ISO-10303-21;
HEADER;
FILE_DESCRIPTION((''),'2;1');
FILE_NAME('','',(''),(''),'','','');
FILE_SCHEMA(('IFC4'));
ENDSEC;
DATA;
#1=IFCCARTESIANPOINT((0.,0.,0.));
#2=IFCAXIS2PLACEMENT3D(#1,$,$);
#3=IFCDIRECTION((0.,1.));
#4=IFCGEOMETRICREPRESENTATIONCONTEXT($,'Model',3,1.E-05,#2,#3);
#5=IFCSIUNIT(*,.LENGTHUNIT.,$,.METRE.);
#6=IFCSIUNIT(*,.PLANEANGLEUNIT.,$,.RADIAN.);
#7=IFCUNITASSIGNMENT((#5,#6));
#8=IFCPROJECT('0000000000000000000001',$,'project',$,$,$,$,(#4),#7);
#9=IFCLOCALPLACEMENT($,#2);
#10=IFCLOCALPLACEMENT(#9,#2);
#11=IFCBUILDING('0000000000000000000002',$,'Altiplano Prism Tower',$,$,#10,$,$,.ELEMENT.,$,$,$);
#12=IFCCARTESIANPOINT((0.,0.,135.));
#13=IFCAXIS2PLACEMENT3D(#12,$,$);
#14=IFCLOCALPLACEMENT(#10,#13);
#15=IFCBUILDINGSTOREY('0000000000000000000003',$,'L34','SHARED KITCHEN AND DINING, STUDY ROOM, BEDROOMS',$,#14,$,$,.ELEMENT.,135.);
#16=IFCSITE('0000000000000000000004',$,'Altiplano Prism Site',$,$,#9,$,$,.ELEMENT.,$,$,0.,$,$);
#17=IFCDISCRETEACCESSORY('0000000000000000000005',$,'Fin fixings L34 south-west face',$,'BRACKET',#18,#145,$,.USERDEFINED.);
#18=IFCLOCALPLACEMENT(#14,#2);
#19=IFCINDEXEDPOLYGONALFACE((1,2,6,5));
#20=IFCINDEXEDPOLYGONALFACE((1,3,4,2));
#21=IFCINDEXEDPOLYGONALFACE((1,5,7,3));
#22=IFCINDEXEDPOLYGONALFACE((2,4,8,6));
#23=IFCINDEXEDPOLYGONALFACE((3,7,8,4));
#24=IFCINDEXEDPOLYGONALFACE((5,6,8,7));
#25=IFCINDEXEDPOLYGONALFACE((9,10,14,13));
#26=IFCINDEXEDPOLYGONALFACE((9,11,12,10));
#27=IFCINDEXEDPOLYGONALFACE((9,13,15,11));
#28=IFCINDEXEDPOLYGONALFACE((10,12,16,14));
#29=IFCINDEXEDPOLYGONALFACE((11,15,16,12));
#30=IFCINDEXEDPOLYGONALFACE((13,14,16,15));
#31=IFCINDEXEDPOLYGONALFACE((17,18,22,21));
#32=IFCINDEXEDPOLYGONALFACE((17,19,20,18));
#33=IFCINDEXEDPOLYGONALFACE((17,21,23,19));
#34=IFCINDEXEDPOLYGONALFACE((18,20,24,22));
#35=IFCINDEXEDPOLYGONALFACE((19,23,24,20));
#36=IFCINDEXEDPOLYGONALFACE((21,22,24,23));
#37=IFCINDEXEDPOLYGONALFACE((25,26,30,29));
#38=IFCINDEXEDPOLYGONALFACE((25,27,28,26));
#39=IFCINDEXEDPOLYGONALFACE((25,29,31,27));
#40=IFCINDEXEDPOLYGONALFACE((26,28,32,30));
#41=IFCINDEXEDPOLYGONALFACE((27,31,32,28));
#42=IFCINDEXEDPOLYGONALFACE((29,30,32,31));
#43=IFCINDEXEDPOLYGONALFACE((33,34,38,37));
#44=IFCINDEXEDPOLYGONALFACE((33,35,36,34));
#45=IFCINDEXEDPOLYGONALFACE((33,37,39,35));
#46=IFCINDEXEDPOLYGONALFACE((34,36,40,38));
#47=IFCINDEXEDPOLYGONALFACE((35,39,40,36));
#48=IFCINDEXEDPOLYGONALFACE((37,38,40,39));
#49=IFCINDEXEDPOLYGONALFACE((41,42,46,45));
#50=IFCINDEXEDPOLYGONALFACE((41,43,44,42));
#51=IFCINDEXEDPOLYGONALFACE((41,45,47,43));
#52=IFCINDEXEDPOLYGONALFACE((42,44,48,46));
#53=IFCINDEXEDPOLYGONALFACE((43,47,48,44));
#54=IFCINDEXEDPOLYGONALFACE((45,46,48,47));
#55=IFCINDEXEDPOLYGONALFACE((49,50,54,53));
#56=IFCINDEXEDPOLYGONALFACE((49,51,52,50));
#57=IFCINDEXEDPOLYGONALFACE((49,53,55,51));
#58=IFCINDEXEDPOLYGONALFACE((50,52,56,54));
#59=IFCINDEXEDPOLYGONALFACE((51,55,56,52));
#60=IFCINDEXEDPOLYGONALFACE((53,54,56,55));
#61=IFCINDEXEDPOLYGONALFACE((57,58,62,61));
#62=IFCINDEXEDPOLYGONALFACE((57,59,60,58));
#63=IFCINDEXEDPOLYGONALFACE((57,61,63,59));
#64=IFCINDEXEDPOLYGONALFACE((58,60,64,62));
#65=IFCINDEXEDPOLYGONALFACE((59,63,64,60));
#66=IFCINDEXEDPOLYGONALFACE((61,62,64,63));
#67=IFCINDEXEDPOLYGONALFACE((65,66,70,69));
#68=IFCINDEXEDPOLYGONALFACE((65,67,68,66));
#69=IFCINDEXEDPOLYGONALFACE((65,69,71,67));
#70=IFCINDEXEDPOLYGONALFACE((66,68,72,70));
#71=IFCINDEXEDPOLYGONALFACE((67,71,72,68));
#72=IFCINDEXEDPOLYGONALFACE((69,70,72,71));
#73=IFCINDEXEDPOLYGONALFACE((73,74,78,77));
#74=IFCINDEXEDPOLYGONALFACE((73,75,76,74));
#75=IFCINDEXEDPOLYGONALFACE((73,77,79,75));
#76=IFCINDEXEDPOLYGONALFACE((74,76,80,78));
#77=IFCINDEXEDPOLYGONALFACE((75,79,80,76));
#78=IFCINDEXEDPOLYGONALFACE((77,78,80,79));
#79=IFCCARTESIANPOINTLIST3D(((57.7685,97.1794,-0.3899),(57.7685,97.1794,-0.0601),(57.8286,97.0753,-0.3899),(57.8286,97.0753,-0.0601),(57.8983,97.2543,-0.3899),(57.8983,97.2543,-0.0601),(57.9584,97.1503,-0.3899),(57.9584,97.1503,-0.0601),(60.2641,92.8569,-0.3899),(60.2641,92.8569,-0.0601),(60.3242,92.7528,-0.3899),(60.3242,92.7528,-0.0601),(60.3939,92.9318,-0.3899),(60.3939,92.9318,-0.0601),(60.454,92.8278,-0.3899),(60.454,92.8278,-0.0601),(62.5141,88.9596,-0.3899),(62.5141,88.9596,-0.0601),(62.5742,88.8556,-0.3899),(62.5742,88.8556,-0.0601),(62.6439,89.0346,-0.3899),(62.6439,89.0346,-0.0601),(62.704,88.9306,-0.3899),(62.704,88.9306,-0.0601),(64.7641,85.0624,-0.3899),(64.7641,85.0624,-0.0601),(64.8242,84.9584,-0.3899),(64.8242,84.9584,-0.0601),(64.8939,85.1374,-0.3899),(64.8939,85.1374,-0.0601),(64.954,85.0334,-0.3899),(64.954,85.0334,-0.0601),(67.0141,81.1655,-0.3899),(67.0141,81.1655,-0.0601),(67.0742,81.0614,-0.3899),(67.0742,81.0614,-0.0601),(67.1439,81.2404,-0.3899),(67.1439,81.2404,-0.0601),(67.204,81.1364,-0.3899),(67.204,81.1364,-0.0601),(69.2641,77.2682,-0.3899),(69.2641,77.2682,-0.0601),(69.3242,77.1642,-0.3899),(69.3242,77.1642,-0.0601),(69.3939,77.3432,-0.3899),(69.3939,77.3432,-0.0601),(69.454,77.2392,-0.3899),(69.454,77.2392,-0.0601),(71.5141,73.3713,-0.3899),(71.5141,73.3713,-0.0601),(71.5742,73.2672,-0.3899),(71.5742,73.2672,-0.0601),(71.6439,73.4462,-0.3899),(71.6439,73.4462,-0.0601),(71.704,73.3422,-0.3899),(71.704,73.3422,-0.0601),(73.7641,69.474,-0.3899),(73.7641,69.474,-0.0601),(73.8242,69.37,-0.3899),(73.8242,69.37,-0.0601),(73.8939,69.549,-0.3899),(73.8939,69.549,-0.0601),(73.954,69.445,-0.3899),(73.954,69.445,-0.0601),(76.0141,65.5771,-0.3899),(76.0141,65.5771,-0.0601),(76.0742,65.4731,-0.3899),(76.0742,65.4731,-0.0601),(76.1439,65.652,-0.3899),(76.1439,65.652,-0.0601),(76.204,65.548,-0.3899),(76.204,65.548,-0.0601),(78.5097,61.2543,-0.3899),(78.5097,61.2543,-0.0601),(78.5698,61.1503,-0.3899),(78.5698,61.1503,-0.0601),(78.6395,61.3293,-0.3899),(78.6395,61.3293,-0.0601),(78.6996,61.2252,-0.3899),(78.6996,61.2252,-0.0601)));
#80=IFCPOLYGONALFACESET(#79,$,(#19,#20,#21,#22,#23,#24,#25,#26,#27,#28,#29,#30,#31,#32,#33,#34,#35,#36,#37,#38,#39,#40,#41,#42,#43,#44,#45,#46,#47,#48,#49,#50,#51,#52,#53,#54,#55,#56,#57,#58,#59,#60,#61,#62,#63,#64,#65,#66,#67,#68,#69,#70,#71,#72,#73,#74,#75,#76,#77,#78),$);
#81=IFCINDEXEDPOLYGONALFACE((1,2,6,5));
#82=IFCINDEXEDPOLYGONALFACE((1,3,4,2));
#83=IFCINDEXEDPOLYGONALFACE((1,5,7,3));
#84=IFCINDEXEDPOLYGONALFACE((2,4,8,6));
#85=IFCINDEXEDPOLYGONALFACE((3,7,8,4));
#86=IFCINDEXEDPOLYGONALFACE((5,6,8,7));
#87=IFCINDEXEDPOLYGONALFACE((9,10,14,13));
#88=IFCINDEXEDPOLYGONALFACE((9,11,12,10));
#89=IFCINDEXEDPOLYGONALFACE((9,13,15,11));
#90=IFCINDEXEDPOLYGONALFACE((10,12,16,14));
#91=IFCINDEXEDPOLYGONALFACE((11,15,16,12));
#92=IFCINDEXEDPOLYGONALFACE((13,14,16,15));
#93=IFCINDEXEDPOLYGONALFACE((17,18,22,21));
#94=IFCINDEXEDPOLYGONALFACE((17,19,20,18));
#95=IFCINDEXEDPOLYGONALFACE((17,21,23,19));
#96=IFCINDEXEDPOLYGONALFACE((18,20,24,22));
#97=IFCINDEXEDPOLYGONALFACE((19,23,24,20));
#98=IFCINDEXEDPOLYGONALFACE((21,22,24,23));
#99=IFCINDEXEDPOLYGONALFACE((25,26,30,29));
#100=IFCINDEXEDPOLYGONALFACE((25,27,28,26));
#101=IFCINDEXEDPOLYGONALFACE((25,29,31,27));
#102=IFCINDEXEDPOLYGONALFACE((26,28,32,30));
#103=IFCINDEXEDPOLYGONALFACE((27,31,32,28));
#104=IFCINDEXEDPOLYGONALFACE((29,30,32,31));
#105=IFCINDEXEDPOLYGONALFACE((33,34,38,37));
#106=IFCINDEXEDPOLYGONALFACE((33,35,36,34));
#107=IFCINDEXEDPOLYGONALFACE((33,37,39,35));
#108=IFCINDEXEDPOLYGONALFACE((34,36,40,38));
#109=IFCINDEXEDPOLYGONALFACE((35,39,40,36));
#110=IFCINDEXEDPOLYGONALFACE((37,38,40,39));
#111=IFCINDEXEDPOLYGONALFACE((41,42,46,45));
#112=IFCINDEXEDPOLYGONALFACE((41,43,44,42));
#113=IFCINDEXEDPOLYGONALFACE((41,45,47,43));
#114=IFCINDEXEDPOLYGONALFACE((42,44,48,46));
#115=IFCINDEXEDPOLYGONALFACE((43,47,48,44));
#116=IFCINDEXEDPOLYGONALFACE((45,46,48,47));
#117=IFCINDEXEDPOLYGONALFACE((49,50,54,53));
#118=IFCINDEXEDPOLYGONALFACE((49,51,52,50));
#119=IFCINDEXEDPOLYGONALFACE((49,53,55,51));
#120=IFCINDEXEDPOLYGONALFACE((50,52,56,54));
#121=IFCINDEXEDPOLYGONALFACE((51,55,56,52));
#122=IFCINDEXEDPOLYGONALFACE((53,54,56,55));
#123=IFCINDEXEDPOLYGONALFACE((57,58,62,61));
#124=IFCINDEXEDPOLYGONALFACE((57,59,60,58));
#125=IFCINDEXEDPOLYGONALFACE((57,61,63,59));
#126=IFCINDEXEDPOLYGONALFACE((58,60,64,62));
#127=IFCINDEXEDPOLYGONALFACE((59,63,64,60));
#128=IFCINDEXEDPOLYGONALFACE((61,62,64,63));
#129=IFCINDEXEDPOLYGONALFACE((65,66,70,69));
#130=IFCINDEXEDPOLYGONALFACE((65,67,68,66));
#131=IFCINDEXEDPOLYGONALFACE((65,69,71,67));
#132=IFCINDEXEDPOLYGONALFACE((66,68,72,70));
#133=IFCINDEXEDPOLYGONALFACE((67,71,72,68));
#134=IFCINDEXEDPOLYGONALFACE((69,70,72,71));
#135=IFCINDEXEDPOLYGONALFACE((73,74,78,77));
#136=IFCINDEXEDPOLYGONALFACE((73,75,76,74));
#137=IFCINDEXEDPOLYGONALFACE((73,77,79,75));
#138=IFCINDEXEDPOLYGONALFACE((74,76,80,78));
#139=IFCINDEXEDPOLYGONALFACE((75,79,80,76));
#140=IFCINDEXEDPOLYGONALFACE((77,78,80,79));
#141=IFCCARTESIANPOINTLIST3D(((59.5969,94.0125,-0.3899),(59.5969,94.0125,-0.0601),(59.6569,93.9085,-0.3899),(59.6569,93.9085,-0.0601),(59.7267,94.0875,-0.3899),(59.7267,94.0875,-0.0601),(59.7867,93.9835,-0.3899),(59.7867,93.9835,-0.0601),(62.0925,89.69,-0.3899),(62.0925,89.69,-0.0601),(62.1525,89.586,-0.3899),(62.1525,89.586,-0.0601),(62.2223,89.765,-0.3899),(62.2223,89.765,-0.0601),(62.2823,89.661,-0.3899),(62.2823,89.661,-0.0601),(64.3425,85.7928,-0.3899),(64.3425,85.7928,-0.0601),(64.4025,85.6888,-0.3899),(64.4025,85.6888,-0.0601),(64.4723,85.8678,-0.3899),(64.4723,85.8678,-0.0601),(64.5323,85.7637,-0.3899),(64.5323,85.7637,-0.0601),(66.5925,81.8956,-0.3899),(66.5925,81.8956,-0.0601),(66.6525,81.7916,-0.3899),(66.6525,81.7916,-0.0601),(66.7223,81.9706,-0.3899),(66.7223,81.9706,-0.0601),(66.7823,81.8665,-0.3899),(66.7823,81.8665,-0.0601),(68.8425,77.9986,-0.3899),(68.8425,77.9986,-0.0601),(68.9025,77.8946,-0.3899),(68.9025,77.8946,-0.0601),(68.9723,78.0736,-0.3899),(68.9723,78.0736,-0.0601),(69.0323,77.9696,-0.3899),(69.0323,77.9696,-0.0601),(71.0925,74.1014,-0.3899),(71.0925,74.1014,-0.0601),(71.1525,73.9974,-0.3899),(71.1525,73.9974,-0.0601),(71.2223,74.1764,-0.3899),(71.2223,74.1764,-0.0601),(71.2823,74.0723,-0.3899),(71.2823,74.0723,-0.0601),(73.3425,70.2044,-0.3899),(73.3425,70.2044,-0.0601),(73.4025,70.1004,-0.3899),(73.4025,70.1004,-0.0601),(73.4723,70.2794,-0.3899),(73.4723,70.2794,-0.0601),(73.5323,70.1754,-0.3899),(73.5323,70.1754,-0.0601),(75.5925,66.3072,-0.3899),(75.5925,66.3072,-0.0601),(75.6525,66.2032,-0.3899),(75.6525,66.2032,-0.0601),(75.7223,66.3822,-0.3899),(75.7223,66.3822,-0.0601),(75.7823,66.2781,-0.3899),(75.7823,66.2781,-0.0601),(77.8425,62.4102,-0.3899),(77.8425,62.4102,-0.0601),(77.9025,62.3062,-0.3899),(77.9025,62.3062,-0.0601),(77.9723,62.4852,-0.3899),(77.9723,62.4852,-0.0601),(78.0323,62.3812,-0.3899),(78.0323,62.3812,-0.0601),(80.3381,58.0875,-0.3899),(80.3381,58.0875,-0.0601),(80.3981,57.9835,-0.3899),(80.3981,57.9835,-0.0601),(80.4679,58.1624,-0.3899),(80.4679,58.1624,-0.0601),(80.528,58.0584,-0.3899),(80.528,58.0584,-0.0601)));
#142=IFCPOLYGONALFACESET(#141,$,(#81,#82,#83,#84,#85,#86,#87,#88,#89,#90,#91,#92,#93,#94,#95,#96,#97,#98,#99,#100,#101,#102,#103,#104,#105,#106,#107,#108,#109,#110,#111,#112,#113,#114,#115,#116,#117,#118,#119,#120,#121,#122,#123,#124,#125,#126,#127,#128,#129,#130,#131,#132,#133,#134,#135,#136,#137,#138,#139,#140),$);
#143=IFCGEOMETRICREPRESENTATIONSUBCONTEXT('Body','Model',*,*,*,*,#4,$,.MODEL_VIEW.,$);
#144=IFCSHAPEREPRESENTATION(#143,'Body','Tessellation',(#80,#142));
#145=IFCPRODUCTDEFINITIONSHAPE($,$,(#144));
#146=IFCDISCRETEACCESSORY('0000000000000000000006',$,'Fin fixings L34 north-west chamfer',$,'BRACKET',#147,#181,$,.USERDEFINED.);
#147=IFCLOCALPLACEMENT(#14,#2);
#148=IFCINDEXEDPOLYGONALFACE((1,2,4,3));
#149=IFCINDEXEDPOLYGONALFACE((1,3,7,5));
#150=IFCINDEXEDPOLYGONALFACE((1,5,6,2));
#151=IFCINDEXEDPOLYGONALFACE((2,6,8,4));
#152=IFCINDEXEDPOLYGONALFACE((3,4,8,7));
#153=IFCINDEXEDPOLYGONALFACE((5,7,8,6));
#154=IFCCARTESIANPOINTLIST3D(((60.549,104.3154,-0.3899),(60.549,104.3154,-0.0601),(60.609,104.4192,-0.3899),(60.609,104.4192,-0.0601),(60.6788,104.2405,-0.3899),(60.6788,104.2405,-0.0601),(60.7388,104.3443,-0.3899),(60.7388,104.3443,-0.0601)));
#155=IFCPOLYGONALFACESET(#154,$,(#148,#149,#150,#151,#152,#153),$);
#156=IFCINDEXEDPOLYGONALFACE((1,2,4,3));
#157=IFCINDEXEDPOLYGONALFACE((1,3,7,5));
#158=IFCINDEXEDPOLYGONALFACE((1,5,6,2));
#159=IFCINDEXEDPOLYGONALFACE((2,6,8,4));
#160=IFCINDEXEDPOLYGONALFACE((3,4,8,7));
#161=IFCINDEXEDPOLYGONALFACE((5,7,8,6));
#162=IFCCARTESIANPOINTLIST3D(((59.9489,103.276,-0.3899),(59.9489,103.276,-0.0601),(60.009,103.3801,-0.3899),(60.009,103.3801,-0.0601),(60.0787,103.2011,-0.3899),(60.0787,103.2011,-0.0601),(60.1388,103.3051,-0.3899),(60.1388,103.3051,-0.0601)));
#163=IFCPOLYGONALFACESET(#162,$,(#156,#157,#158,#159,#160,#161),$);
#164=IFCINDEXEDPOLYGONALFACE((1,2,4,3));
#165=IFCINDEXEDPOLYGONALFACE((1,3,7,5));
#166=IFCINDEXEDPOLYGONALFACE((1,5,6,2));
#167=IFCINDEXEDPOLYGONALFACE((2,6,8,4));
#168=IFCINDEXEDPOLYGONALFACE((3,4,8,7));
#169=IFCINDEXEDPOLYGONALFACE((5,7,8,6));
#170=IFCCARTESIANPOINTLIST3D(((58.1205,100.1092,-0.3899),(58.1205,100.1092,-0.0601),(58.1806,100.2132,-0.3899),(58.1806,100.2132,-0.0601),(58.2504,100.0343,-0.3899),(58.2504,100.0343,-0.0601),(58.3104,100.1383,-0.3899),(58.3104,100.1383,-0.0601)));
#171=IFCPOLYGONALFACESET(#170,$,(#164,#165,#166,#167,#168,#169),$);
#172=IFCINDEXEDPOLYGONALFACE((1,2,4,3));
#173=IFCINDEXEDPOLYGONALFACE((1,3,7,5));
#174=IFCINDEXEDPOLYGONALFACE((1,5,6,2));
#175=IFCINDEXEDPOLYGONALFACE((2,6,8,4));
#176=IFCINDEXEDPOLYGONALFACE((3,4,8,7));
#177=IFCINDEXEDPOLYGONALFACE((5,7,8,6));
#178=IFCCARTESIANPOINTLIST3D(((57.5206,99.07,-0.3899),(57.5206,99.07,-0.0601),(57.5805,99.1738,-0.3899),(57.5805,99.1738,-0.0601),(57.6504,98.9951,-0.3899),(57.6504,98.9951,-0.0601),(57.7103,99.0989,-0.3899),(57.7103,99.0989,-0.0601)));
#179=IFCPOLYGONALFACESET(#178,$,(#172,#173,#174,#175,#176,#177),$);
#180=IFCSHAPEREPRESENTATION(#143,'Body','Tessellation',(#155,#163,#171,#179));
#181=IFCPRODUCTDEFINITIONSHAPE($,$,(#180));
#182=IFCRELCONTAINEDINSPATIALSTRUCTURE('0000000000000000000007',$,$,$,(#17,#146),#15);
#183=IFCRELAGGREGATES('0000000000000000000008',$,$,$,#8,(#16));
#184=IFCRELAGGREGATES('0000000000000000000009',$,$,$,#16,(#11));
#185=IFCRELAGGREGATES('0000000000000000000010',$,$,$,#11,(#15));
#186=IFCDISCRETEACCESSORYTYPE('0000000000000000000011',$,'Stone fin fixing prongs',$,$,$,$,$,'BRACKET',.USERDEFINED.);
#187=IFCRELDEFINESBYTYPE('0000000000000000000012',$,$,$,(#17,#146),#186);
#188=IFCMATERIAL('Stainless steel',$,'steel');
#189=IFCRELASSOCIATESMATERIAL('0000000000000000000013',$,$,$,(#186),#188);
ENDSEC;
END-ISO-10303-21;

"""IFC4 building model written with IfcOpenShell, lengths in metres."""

from ifc_helpers import new_model, si_unit, direction, frame, origin, place, context, subcontext, project, spatial, polyline, outline, extrude, source, transform, mapped, material, type_object, element, save


model = new_model("IFC4")

# Units and contexts
model_context = context("Model", 3, precision=1e-05, world=origin(), true_north=direction((0.0, 1.0)))
body_context = subcontext(model_context, "Body", "Model", "MODEL_VIEW")
ifc_project = project(units=[si_unit("LENGTHUNIT", "METRE"), si_unit("PLANEANGLEUNIT", "RADIAN")], contexts=[model_context])

# Site, building, storey
site_placement = place(None, origin())
site = spatial("IfcSite", under=ifc_project, at=site_placement, Name="Altiplano Prism Site", CompositionType="ELEMENT", RefElevation=0.0)
building_placement = place(site_placement, origin())
building = spatial("IfcBuilding", under=site, at=building_placement, Name="Altiplano Prism Tower", CompositionType="ELEMENT")
storey_placement = place(building_placement, frame((0.0, 0.0, 135.0)))
storey = spatial("IfcBuildingStorey", under=building, at=storey_placement, Name="L34", Description="SHARED KITCHEN AND DINING, STUDY ROOM, BEDROOMS", CompositionType="ELEMENT", Elevation=135.0)

# Discrete accessories
ifc_material_1 = material(Name="Stainless steel", Category="steel")
discrete_accessory_type = type_object("IfcDiscreteAccessoryType", Name="Stone fin fixing prongs", ElementType="BRACKET", PredefinedType="USERDEFINED", material=ifc_material_1)
shared_shape_1 = source(origin(), body_context, "Body", "SweptSolid", [
    extrude(outline(polyline([(-1.8884, 0.0601), (-1.7683, 0.0601), (-1.7683, 0.3899), (-1.8884, 0.3899), (-1.8884, 0.0601)])), frame((0.0, 0.0, 0.0), z_axis=(0.0, -1.0, 0.0), x_axis=(1.0, 0.0, 0.0)), (0.0, 0.0, 1.0), 0.1499),
    extrude(outline(polyline([(1.7683, 0.0601), (1.8884, 0.0601), (1.8884, 0.3899), (1.7683, 0.3899), (1.7683, 0.0601)])), frame((0.0, 0.0, 0.0), z_axis=(0.0, -1.0, 0.0), x_axis=(1.0, 0.0, 0.0)), (0.0, 0.0, 1.0), 0.1499),
])
shared_shape_2 = source(origin(), body_context, "Body", "SweptSolid", [
    extrude(outline(polyline([(-1.8884, 0.0601), (-1.7683, 0.0601), (-1.7683, 0.3899), (-1.8884, 0.3899), (-1.8884, 0.0601)])), frame((0.0, 0.0, 0.0), z_axis=(0.0, -1.0, 0.0), x_axis=(1.0, 0.0, 0.0)), (0.0, 0.0, 1.0), 0.1499),
    extrude(outline(polyline([(1.7683, 0.0601), (1.8884, 0.0601), (1.8884, 0.3899), (1.7683, 0.3899), (1.7683, 0.0601)])), frame((0.0, 0.0, 0.0), z_axis=(0.0, -1.0, 0.0), x_axis=(1.0, 0.0, 0.0)), (0.0, 0.0, 1.0), 0.1499),
])
discrete_accessory_1_placement = place(storey_placement, origin())
element("IfcDiscreteAccessory", 1, at=discrete_accessory_1_placement, inside=storey, type_object=discrete_accessory_type, Name="Fin fixings L34 south-west face", ObjectType="BRACKET", PredefinedType="USERDEFINED", context=body_context, shape_type="MappedRepresentation", body=[
    mapped(shared_shape_1, transform((58.8425, 95.6189, -0.45), x_axis=(0.5, -0.866025, 0.0), y_axis=(0.866025, 0.5, 0.0), z_axis=(0.0, 0.0, 1.0))),
    mapped(shared_shape_2, transform((61.3381, 91.2964, -0.45), x_axis=(0.5, -0.866025, 0.0), y_axis=(0.866025, 0.5, 0.0), z_axis=(0.0, 0.0, 1.0))),
    mapped(shared_shape_2, transform((63.5881, 87.3992, -0.45), x_axis=(0.5, -0.866025, 0.0), y_axis=(0.866025, 0.5, 0.0), z_axis=(0.0, 0.0, 1.0))),
    mapped(shared_shape_2, transform((65.8381, 83.502, -0.45), x_axis=(0.5, -0.866025, 0.0), y_axis=(0.866025, 0.5, 0.0), z_axis=(0.0, 0.0, 1.0))),
    mapped(shared_shape_2, transform((68.0881, 79.605, -0.45), x_axis=(0.5, -0.866025, 0.0), y_axis=(0.866025, 0.5, 0.0), z_axis=(0.0, 0.0, 1.0))),
    mapped(shared_shape_2, transform((70.3381, 75.7078, -0.45), x_axis=(0.5, -0.866025, 0.0), y_axis=(0.866025, 0.5, 0.0), z_axis=(0.0, 0.0, 1.0))),
    mapped(shared_shape_2, transform((72.5881, 71.8108, -0.45), x_axis=(0.5, -0.866025, 0.0), y_axis=(0.866025, 0.5, 0.0), z_axis=(0.0, 0.0, 1.0))),
    mapped(shared_shape_2, transform((74.8381, 67.9136, -0.45), x_axis=(0.5, -0.866025, 0.0), y_axis=(0.866025, 0.5, 0.0), z_axis=(0.0, 0.0, 1.0))),
    mapped(shared_shape_2, transform((77.0881, 64.0166, -0.45), x_axis=(0.5, -0.866025, 0.0), y_axis=(0.866025, 0.5, 0.0), z_axis=(0.0, 0.0, 1.0))),
    mapped(shared_shape_1, transform((79.5837, 59.6938, -0.45), x_axis=(0.5, -0.866025, 0.0), y_axis=(0.866025, 0.5, 0.0), z_axis=(0.0, 0.0, 1.0))),
])
shared_shape_3 = source(origin(), body_context, "Body", "SweptSolid", [
    extrude(outline(polyline([(-3.0884, 0.0601), (-2.9685, 0.0601), (-2.9685, 0.3899), (-3.0884, 0.3899), (-3.0884, 0.0601)])), frame((0.0, 0.0, 0.0), z_axis=(0.0, -1.0, 0.0), x_axis=(1.0, 0.0, 0.0)), (0.0, 0.0, 1.0), 0.1499),
    extrude(outline(polyline([(-1.8884, 0.0601), (-1.7683, 0.0601), (-1.7683, 0.3899), (-1.8884, 0.3899), (-1.8884, 0.0601)])), frame((0.0, 0.0, 0.0), z_axis=(0.0, -1.0, 0.0), x_axis=(1.0, 0.0, 0.0)), (0.0, 0.0, 1.0), 0.1499),
    extrude(outline(polyline([(1.7683, 0.0601), (1.8884, 0.0601), (1.8884, 0.3899), (1.7683, 0.3899), (1.7683, 0.0601)])), frame((0.0, 0.0, 0.0), z_axis=(0.0, -1.0, 0.0), x_axis=(1.0, 0.0, 0.0)), (0.0, 0.0, 1.0), 0.1499),
    extrude(outline(polyline([(2.9685, 0.0601), (3.0884, 0.0601), (3.0884, 0.3899), (2.9685, 0.3899), (2.9685, 0.0601)])), frame((0.0, 0.0, 0.0), z_axis=(0.0, -1.0, 0.0), x_axis=(1.0, 0.0, 0.0)), (0.0, 0.0, 1.0), 0.1499),
])
discrete_accessory_2_placement = place(storey_placement, origin())
element("IfcDiscreteAccessory", 2, at=discrete_accessory_2_placement, inside=storey, type_object=discrete_accessory_type, Name="Fin fixings L34 north-west chamfer", ObjectType="BRACKET", PredefinedType="USERDEFINED", context=body_context, shape_type="MappedRepresentation", body=[
    mapped(shared_shape_3, transform((59.1946, 101.6697, -0.45), x_axis=(-0.5, -0.866025, 0.0), y_axis=(0.866025, -0.5, 0.0), z_axis=(0.0, 0.0, 1.0))),
])

save(model, "model.ifc")
